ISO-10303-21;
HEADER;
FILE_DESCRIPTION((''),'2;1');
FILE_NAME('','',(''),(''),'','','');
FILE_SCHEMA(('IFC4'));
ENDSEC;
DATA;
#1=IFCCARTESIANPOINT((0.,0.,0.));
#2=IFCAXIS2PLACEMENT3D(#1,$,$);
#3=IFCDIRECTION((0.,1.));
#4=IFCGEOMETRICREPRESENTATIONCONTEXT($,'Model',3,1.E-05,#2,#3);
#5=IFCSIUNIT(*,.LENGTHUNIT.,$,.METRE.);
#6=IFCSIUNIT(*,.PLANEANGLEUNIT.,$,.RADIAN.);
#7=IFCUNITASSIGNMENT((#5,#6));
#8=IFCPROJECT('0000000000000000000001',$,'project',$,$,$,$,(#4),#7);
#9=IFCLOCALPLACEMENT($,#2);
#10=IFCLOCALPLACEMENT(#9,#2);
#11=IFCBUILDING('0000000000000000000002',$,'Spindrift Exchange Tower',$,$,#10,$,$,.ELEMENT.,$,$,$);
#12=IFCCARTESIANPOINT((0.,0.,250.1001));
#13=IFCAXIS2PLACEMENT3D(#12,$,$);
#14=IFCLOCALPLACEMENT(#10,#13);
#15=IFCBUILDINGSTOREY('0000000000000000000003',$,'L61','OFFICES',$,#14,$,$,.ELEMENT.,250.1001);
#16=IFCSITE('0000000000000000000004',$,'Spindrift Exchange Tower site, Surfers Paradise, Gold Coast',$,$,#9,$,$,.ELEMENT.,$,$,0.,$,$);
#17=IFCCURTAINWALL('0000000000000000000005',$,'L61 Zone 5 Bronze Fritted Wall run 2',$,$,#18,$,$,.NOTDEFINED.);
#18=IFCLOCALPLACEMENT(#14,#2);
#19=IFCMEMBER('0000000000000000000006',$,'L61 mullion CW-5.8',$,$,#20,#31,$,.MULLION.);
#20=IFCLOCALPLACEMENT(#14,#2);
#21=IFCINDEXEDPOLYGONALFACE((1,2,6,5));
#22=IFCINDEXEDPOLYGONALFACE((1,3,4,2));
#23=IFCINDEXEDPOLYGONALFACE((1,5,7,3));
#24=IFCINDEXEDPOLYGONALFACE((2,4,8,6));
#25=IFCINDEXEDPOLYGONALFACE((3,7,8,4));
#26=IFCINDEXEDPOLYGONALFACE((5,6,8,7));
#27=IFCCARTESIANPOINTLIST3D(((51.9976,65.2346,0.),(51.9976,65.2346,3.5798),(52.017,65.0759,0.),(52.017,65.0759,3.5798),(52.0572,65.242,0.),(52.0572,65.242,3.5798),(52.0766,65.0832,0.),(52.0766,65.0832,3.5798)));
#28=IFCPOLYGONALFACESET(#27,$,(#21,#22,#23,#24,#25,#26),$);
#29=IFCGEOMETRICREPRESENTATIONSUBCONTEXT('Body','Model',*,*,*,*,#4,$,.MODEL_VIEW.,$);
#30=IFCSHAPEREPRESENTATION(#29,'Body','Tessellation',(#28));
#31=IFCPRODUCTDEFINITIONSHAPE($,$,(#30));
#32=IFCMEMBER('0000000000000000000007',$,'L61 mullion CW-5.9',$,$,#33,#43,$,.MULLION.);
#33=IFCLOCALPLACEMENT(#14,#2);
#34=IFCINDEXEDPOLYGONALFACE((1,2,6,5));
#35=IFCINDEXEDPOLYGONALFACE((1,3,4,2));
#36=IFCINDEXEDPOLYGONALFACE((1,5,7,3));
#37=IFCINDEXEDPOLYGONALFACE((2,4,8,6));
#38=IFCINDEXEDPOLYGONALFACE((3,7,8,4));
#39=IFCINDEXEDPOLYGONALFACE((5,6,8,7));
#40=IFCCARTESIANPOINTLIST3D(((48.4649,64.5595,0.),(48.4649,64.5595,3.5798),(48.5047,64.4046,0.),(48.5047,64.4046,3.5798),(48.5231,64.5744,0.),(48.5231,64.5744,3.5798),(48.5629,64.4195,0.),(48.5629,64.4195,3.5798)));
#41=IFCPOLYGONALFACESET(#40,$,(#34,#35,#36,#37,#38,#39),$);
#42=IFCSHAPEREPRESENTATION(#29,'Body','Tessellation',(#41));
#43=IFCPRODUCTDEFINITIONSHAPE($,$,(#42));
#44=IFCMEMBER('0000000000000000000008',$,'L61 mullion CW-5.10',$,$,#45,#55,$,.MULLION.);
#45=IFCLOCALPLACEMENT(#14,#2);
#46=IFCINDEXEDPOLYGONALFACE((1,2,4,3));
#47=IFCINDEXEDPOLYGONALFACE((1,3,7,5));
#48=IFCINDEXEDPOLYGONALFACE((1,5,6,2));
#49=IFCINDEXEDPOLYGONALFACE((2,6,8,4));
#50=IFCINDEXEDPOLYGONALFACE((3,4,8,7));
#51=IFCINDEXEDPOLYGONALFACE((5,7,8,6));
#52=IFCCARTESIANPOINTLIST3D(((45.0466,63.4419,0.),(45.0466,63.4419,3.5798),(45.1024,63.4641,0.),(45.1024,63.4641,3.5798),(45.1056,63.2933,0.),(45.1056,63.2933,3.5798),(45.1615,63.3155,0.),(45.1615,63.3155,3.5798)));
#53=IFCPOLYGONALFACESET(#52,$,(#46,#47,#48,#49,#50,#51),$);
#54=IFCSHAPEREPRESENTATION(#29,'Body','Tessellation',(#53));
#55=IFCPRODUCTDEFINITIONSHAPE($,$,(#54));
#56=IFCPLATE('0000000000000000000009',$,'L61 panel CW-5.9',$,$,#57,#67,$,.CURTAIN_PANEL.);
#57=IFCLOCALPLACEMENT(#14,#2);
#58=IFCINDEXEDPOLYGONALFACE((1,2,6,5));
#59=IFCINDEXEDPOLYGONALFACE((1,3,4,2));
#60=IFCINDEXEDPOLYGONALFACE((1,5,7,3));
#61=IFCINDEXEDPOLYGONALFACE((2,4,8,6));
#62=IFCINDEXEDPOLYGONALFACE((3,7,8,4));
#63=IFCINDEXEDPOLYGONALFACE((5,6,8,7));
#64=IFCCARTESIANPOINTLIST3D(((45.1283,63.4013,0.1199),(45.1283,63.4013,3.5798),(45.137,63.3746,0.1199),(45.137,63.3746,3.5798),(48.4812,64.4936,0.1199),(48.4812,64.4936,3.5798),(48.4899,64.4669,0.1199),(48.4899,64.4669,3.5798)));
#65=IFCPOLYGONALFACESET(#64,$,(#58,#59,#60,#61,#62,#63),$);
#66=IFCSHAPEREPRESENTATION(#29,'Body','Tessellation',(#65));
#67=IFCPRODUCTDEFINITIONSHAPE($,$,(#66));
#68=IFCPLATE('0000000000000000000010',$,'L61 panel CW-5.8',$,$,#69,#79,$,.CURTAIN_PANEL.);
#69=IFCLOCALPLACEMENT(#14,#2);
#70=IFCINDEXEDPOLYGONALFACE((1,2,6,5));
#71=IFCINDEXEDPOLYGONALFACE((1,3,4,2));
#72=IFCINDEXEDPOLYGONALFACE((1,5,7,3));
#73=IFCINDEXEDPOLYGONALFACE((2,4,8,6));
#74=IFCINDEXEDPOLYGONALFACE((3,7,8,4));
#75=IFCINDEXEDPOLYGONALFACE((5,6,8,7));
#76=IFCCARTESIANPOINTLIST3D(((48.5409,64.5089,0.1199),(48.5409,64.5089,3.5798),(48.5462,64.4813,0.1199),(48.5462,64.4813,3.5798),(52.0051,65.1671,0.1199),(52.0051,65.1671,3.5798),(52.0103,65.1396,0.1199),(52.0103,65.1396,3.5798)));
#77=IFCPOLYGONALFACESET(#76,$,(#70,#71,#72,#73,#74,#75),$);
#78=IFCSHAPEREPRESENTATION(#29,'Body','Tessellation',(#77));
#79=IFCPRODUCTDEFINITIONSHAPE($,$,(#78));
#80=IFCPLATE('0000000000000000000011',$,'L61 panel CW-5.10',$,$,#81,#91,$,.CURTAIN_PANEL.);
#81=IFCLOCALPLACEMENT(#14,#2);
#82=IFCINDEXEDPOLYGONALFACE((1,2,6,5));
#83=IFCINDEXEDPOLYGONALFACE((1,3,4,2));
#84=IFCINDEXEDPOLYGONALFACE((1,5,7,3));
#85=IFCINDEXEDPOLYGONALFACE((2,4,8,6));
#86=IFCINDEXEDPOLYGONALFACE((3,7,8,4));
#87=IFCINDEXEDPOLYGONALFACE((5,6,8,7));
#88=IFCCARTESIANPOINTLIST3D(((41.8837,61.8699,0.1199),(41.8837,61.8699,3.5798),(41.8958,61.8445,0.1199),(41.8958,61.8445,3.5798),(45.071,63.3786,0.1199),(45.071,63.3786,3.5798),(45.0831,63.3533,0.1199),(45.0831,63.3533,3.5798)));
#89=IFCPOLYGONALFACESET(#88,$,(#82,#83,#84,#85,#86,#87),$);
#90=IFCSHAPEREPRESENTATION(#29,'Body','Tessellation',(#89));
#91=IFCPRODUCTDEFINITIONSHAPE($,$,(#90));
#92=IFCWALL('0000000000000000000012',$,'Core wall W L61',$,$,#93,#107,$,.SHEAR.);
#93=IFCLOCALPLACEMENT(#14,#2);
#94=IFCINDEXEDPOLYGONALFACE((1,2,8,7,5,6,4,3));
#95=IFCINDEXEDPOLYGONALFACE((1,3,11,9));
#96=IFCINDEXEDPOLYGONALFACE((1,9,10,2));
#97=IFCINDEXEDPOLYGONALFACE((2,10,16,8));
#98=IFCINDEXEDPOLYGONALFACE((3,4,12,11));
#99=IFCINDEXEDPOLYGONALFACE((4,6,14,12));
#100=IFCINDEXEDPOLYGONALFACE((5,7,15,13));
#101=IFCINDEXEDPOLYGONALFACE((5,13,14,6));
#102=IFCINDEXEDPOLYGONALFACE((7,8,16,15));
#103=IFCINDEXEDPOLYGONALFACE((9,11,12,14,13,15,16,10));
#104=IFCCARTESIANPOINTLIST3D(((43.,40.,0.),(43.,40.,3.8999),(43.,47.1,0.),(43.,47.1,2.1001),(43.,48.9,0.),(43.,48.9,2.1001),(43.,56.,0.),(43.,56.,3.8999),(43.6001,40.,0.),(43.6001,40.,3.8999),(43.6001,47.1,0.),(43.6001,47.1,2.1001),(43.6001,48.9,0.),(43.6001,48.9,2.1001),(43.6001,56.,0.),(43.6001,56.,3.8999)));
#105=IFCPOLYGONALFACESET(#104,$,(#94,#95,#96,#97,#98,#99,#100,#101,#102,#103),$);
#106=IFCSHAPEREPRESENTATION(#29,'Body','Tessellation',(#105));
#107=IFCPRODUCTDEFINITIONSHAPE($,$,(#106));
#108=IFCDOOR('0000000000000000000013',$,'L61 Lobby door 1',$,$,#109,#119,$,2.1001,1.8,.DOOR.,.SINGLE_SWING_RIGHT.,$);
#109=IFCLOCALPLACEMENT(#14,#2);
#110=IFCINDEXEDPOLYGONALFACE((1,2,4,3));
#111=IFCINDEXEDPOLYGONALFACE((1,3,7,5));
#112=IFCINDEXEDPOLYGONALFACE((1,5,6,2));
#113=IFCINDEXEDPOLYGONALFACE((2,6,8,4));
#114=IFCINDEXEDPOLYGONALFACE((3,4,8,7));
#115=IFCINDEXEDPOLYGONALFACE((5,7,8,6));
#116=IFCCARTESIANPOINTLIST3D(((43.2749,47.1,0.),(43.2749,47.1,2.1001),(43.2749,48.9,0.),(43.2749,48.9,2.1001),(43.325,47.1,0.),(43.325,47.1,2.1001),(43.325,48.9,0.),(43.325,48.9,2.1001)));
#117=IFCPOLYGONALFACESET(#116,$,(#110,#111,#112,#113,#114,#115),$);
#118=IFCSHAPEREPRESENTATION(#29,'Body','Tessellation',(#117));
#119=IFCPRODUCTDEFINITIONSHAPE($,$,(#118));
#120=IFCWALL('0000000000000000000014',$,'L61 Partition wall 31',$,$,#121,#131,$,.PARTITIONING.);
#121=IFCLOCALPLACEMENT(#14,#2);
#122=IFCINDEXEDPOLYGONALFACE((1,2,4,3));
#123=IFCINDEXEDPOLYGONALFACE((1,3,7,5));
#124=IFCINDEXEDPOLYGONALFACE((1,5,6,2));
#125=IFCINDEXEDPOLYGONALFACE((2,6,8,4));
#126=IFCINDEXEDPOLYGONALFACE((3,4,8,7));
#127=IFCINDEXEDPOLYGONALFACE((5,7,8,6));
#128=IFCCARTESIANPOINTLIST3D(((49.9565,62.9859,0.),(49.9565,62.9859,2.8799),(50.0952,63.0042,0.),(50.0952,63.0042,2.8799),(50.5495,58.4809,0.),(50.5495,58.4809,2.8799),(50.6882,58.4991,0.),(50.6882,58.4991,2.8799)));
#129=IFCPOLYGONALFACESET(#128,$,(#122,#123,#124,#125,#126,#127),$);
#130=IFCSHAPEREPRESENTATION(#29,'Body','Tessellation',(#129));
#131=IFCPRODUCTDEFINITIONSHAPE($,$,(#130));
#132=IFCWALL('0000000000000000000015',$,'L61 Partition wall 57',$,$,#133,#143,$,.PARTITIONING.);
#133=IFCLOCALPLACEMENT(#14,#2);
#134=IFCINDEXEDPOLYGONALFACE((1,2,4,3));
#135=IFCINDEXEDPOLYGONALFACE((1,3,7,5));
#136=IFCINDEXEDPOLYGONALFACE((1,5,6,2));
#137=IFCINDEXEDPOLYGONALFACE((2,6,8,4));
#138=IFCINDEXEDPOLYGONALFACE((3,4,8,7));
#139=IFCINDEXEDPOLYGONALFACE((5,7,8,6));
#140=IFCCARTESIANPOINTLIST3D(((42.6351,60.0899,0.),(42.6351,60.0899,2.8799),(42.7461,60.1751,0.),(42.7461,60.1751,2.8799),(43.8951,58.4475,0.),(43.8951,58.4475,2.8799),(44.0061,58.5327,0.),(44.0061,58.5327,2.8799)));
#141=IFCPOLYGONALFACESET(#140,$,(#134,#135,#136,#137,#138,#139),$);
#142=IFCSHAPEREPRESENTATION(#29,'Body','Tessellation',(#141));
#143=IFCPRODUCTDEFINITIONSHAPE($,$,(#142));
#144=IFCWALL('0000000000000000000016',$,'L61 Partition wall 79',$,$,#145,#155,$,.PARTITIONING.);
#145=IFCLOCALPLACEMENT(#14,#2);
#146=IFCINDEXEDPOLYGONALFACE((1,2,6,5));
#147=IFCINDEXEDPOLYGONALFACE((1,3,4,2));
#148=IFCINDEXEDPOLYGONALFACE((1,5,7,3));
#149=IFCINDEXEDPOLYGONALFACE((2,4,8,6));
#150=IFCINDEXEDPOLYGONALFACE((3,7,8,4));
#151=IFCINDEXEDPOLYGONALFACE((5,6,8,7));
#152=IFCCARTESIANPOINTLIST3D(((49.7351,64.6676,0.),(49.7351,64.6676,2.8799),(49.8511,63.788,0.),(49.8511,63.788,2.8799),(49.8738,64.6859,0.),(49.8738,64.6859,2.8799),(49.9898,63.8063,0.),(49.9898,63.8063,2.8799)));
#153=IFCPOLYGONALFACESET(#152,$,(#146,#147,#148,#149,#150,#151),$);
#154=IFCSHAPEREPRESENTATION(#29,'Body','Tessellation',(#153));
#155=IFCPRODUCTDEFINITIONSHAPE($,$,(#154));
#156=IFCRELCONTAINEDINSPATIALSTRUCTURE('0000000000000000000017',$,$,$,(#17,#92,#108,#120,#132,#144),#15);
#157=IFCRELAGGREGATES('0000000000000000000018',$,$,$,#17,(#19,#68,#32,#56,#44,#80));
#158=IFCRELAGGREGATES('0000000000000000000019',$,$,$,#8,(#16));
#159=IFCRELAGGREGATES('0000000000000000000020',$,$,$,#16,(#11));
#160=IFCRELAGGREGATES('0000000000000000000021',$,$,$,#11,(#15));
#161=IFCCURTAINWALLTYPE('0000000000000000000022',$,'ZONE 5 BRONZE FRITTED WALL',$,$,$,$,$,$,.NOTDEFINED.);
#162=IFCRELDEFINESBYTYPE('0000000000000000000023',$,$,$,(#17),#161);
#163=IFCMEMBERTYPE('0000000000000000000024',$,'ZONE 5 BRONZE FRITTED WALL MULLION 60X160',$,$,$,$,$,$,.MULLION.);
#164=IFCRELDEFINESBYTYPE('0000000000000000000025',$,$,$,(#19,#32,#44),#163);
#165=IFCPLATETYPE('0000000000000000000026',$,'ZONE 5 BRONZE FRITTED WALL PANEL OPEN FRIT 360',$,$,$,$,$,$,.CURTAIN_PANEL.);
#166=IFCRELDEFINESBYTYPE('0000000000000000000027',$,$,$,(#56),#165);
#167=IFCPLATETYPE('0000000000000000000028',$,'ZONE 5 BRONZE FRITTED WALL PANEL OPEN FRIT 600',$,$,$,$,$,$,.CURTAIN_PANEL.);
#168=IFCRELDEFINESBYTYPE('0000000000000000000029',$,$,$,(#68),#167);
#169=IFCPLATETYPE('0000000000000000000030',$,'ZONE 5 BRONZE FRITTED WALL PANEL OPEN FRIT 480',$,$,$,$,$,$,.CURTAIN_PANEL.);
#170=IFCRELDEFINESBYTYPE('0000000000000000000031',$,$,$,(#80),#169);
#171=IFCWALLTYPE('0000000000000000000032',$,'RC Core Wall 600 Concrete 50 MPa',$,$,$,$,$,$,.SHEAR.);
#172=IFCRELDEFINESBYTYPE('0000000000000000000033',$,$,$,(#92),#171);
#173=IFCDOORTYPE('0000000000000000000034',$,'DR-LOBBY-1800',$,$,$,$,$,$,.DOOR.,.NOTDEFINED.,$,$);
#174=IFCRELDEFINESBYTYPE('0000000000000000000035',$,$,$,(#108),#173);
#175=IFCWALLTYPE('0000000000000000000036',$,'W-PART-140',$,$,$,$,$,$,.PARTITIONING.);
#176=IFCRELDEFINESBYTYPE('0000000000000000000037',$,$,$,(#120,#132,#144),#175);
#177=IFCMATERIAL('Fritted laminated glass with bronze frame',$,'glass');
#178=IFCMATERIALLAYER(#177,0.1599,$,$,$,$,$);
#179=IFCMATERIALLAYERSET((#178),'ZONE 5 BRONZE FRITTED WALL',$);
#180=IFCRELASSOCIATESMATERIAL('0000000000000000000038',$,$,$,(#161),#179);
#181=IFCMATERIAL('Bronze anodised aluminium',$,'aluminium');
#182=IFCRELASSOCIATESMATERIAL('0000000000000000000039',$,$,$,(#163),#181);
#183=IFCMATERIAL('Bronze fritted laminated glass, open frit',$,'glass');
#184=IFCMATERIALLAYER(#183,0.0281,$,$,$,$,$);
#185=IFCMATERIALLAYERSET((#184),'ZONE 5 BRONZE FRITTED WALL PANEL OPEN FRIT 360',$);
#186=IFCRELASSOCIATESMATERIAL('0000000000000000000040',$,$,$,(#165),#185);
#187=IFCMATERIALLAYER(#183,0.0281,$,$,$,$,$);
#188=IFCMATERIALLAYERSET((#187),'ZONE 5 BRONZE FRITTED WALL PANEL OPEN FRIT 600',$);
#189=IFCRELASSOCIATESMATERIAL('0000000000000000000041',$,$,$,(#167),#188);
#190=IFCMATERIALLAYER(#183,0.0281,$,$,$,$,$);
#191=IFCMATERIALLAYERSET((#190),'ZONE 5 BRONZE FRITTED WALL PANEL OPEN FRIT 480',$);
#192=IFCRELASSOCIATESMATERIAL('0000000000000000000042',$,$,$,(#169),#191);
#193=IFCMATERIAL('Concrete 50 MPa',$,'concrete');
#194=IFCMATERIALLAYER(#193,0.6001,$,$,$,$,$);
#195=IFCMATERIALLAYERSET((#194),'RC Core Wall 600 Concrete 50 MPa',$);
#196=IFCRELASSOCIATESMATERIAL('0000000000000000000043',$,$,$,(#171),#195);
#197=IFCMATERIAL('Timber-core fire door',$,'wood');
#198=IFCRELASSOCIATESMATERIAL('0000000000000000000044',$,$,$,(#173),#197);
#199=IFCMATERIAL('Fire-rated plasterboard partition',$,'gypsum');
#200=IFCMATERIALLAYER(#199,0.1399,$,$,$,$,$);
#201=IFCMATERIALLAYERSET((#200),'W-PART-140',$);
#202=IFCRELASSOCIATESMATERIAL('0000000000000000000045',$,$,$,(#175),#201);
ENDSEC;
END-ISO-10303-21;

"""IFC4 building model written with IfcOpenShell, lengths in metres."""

from ifc_helpers import new_model, si_unit, direction, frame, frame_2d, origin, origin_2d, place, context, subcontext, project, spatial, rectangle, extrude, source, transform, mapped, material, layer, layer_set, material_profile, profile_set, type_object, element, fill, aggregate, save


model = new_model("IFC4")

# Units and contexts
model_context = context("Model", 3, precision=1e-05, world=origin(), true_north=direction((0.0, 1.0)))
body_context = subcontext(model_context, "Body", "Model", "MODEL_VIEW")
ifc_project = project(units=[si_unit("LENGTHUNIT", "METRE"), si_unit("PLANEANGLEUNIT", "RADIAN")], contexts=[model_context])

# Site, building, storey
site_placement = place(None, origin())
site = spatial("IfcSite", under=ifc_project, at=site_placement, Name="Spindrift Exchange Tower site, Surfers Paradise, Gold Coast", CompositionType="ELEMENT", RefElevation=0.0)
building_placement = place(site_placement, origin())
building = spatial("IfcBuilding", under=site, at=building_placement, Name="Spindrift Exchange Tower", CompositionType="ELEMENT")
storey_placement = place(building_placement, frame((0.0, 0.0, 250.1001)))
storey = spatial("IfcBuildingStorey", under=building, at=storey_placement, Name="L61", Description="OFFICES", CompositionType="ELEMENT", Elevation=250.1001)

# Curtain wall, members, plates
ifc_material_1 = material(Name="Fritted laminated glass with bronze frame", Category="glass")
ifc_layer_1 = layer(ifc_material_1, 0.1599)
ifc_layer_set_1 = layer_set([ifc_layer_1], Name="ZONE 5 BRONZE FRITTED WALL")
curtain_wall_type = type_object("IfcCurtainWallType", Name="ZONE 5 BRONZE FRITTED WALL", PredefinedType="NOTDEFINED", material=ifc_layer_set_1)
curtain_wall_placement = place(storey_placement, origin())
curtain_wall = element("IfcCurtainWall", 1, at=curtain_wall_placement, inside=storey, type_object=curtain_wall_type, Name="L61 Zone 5 Bronze Fritted Wall run 2", PredefinedType="NOTDEFINED")
ifc_material_2 = material(Name="Bronze anodised aluminium", Category="aluminium")
ifc_material_profile_1 = material_profile(ifc_material_2, rectangle(XDim=0.0601, YDim=0.1599, at=origin_2d()), Name="ZONE 5 BRONZE FRITTED WALL MULLION 60X160")
ifc_profile_set_1 = profile_set([ifc_material_profile_1], Name="Bronze anodised aluminium")
member_type_1 = type_object("IfcMemberType", Name="ZONE 5 BRONZE FRITTED WALL MULLION 60X160", PredefinedType="MULLION", material=ifc_profile_set_1)
shared_shape_1 = source(origin(), body_context, "Body", "SweptSolid", [
    extrude(rectangle(XDim=0.0601, YDim=0.1599, at=origin_2d()), origin(), (0.0, 0.0, 1.0), 3.5798),
])
member_1_placement = place(storey_placement, frame((52.0371, 65.1589, 0.0), z_axis=(0.0, 0.0, 1.0), x_axis=(-0.992562, -0.121742, 0.0)))
member_1 = element("IfcMember", 2, at=member_1_placement, type_object=member_type_1, Name="L61 mullion CW-5.8", PredefinedType="MULLION", context=body_context, shape_type="MappedRepresentation", body=[
    mapped(shared_shape_1, transform((0.0, 0.0, 0.0), scale=1.0)),
])
member_2_placement = place(storey_placement, frame((48.5139, 64.4895, 0.0), z_axis=(0.0, 0.0, 1.0), x_axis=(-0.968577, -0.248714, 0.0)))
member_2 = element("IfcMember", 3, at=member_2_placement, type_object=member_type_1, Name="L61 mullion CW-5.9", PredefinedType="MULLION", context=body_context, shape_type="MappedRepresentation", body=[
    mapped(shared_shape_1, transform((0.0, 0.0, 0.0), scale=1.0)),
])
member_3_placement = place(storey_placement, frame((45.104, 63.3787, 0.0), z_axis=(0.0, 0.0, 1.0), x_axis=(-0.929215, -0.36954, 0.0)))
member_3 = element("IfcMember", 4, at=member_3_placement, type_object=member_type_1, Name="L61 mullion CW-5.10", PredefinedType="MULLION", context=body_context, shape_type="MappedRepresentation", body=[
    mapped(shared_shape_1, transform((0.0, 0.0, 0.0), scale=1.0)),
])
ifc_material_3 = material(Name="Bronze fritted laminated glass, open frit", Category="glass")
ifc_layer_2 = layer(ifc_material_3, 0.0281)
ifc_layer_set_2 = layer_set([ifc_layer_2], Name="ZONE 5 BRONZE FRITTED WALL PANEL OPEN FRIT 360")
plate_type_1 = type_object("IfcPlateType", Name="ZONE 5 BRONZE FRITTED WALL PANEL OPEN FRIT 360", PredefinedType="CURTAIN_PANEL", material=ifc_layer_set_2)
shared_shape_2 = source(origin(), body_context, "Body", "SweptSolid", [
    extrude(rectangle(XDim=3.5264, YDim=0.0281, at=origin_2d()), origin(), (0.0, 0.0, 1.0), 3.46),
])
plate_1_placement = place(storey_placement, frame((46.8091, 63.9341, 0.1199), z_axis=(0.0, 0.0, 1.0), x_axis=(-0.950822, -0.309737, 0.0)))
plate_1 = element("IfcPlate", 5, at=plate_1_placement, type_object=plate_type_1, Name="L61 panel CW-5.9", PredefinedType="CURTAIN_PANEL", context=body_context, shape_type="MappedRepresentation", body=[
    mapped(shared_shape_2, transform((0.0, 0.0, 0.0), scale=1.0)),
])
ifc_layer_3 = layer(ifc_material_3, 0.0281)
ifc_layer_set_3 = layer_set([ifc_layer_3], Name="ZONE 5 BRONZE FRITTED WALL PANEL OPEN FRIT 600")
plate_type_2 = type_object("IfcPlateType", Name="ZONE 5 BRONZE FRITTED WALL PANEL OPEN FRIT 600", PredefinedType="CURTAIN_PANEL", material=ifc_layer_set_3)
shared_shape_3 = source(origin(), body_context, "Body", "SweptSolid", [
    extrude(rectangle(XDim=3.5261, YDim=0.0281, at=origin_2d()), origin(), (0.0, 0.0, 1.0), 3.46),
])
plate_2_placement = place(storey_placement, frame((50.2756, 64.8242, 0.1199), z_axis=(0.0, 0.0, 1.0), x_axis=(-0.98242, -0.186685, 0.0)))
plate_2 = element("IfcPlate", 6, at=plate_2_placement, type_object=plate_type_2, Name="L61 panel CW-5.8", PredefinedType="CURTAIN_PANEL", context=body_context, shape_type="MappedRepresentation", body=[
    mapped(shared_shape_3, transform((0.0, 0.0, 0.0), scale=1.0)),
])
ifc_layer_4 = layer(ifc_material_3, 0.0281)
ifc_layer_set_4 = layer_set([ifc_layer_4], Name="ZONE 5 BRONZE FRITTED WALL PANEL OPEN FRIT 480")
plate_type_3 = type_object("IfcPlateType", Name="ZONE 5 BRONZE FRITTED WALL PANEL OPEN FRIT 480", PredefinedType="CURTAIN_PANEL", material=ifc_layer_set_4)
shared_shape_4 = source(origin(), body_context, "Body", "SweptSolid", [
    extrude(rectangle(XDim=3.5264, YDim=0.0281, at=origin_2d()), origin(), (0.0, 0.0, 1.0), 3.46),
])
plate_3_placement = place(storey_placement, frame((43.4834, 62.6116, 0.1199), z_axis=(0.0, 0.0, 1.0), x_axis=(-0.90385, -0.427849, 0.0)))
plate_3 = element("IfcPlate", 7, at=plate_3_placement, type_object=plate_type_3, Name="L61 panel CW-5.10", PredefinedType="CURTAIN_PANEL", context=body_context, shape_type="MappedRepresentation", body=[
    mapped(shared_shape_4, transform((0.0, 0.0, 0.0), scale=1.0)),
])
aggregate(curtain_wall, [member_1, plate_2, member_2, plate_1, member_3, plate_3])

# Wall, opening, door
ifc_material_4 = material(Name="Concrete 50 MPa", Category="concrete")
ifc_layer_5 = layer(ifc_material_4, 0.6001)
ifc_layer_set_5 = layer_set([ifc_layer_5], Name="RC Core Wall 600 Concrete 50 MPa")
wall_type_1 = type_object("IfcWallType", Name="RC Core Wall 600 Concrete 50 MPa", PredefinedType="SHEAR", material=ifc_layer_set_5)
wall_1_placement = place(storey_placement, frame((43.3, 56.0, 0.0), z_axis=(0.0, 0.0, 1.0), x_axis=(0.0, -1.0, 0.0)))
wall_1 = element("IfcWall", 8, at=wall_1_placement, inside=storey, type_object=wall_type_1, Name="Core wall W L61", PredefinedType="SHEAR", context=body_context, shape_type="SweptSolid", body=[
    extrude(rectangle(XDim=16.0, YDim=0.6001, at=frame_2d((8.0, 0.0))), origin(), (0.0, 0.0, 1.0), 3.8999),
])
opening_placement = place(wall_1_placement, frame((7.1001, 0.0, 0.0)))
opening = element("IfcOpeningElement", 9, at=opening_placement, cuts=wall_1, PredefinedType="OPENING", context=body_context, shape_type="SweptSolid", body=[
    extrude(rectangle(XDim=1.8, YDim=2.1001, at=frame_2d((0.8999, 1.05))), frame((0.0, 0.3101, 0.0), z_axis=(0.0, -1.0, 0.0), x_axis=(1.0, 0.0, 0.0)), (0.0, 0.0, 1.0), 0.6201),
])
ifc_material_5 = material(Name="Timber-core fire door", Category="wood")
door_type = type_object("IfcDoorType", Name="DR-LOBBY-1800", OperationType="NOTDEFINED", PredefinedType="DOOR", material=ifc_material_5)
shared_shape_5 = source(origin(), body_context, "Body", "SweptSolid", [
    extrude(rectangle(XDim=1.8, YDim=2.1001, at=frame_2d((0.8999, 1.05))), frame((0.0, 0.0249, 0.0), z_axis=(0.0, -1.0, 0.0), x_axis=(1.0, 0.0, 0.0)), (0.0, 0.0, 1.0), 0.05),
])
door_placement = place(opening_placement, origin())
door = element("IfcDoor", 10, at=door_placement, inside=storey, type_object=door_type, Name="L61 Lobby door 1", OperationType="SINGLE_SWING_RIGHT", OverallHeight=2.1001, OverallWidth=1.8, PredefinedType="DOOR", context=body_context, shape_type="MappedRepresentation", body=[
    mapped(shared_shape_5, transform((0.0, 0.0, 0.0), scale=1.0)),
])
fill(opening, door)

# Walls
ifc_material_6 = material(Name="Fire-rated plasterboard partition", Category="gypsum")
ifc_layer_6 = layer(ifc_material_6, 0.1399)
ifc_layer_set_6 = layer_set([ifc_layer_6], Name="W-PART-140")
wall_type_2 = type_object("IfcWallType", Name="W-PART-140", PredefinedType="PARTITIONING", material=ifc_layer_set_6)
wall_2_placement = place(storey_placement, frame((50.6189, 58.49, 0.0), z_axis=(0.0, 0.0, 1.0), x_axis=(-0.130506, 0.991448, 0.0)))
element("IfcWall", 11, at=wall_2_placement, inside=storey, type_object=wall_type_2, Name="L61 Partition wall 31", PredefinedType="PARTITIONING", context=body_context, shape_type="SweptSolid", body=[
    extrude(rectangle(XDim=4.5439, YDim=0.1399, at=frame_2d((2.272, 0.0))), origin(), (0.0, 0.0, 1.0), 2.8799),
])
wall_3_placement = place(storey_placement, frame((43.9507, 58.49, 0.0), z_axis=(0.0, 0.0, 1.0), x_axis=(-0.608701, 0.793399, 0.0)))
element("IfcWall", 12, at=wall_3_placement, inside=storey, type_object=wall_type_2, Name="L61 Partition wall 57", PredefinedType="PARTITIONING", context=body_context, shape_type="SweptSolid", body=[
    extrude(rectangle(XDim=2.0701, YDim=0.1399, at=frame_2d((1.0352, 0.0))), origin(), (0.0, 0.0, 1.0), 2.8799),
])
wall_4_placement = place(storey_placement, frame((49.9204, 63.7971, 0.0), z_axis=(0.0, 0.0, 1.0), x_axis=(-0.130704, 0.991421, 0.0)))
element("IfcWall", 13, at=wall_4_placement, inside=storey, type_object=wall_type_2, Name="L61 Partition wall 79", PredefinedType="PARTITIONING", context=body_context, shape_type="SweptSolid", body=[
    extrude(rectangle(XDim=0.8872, YDim=0.1399, at=frame_2d((0.4436, 0.0))), origin(), (0.0, 0.0, 1.0), 2.8799),
])

save(model, "model.ifc")
